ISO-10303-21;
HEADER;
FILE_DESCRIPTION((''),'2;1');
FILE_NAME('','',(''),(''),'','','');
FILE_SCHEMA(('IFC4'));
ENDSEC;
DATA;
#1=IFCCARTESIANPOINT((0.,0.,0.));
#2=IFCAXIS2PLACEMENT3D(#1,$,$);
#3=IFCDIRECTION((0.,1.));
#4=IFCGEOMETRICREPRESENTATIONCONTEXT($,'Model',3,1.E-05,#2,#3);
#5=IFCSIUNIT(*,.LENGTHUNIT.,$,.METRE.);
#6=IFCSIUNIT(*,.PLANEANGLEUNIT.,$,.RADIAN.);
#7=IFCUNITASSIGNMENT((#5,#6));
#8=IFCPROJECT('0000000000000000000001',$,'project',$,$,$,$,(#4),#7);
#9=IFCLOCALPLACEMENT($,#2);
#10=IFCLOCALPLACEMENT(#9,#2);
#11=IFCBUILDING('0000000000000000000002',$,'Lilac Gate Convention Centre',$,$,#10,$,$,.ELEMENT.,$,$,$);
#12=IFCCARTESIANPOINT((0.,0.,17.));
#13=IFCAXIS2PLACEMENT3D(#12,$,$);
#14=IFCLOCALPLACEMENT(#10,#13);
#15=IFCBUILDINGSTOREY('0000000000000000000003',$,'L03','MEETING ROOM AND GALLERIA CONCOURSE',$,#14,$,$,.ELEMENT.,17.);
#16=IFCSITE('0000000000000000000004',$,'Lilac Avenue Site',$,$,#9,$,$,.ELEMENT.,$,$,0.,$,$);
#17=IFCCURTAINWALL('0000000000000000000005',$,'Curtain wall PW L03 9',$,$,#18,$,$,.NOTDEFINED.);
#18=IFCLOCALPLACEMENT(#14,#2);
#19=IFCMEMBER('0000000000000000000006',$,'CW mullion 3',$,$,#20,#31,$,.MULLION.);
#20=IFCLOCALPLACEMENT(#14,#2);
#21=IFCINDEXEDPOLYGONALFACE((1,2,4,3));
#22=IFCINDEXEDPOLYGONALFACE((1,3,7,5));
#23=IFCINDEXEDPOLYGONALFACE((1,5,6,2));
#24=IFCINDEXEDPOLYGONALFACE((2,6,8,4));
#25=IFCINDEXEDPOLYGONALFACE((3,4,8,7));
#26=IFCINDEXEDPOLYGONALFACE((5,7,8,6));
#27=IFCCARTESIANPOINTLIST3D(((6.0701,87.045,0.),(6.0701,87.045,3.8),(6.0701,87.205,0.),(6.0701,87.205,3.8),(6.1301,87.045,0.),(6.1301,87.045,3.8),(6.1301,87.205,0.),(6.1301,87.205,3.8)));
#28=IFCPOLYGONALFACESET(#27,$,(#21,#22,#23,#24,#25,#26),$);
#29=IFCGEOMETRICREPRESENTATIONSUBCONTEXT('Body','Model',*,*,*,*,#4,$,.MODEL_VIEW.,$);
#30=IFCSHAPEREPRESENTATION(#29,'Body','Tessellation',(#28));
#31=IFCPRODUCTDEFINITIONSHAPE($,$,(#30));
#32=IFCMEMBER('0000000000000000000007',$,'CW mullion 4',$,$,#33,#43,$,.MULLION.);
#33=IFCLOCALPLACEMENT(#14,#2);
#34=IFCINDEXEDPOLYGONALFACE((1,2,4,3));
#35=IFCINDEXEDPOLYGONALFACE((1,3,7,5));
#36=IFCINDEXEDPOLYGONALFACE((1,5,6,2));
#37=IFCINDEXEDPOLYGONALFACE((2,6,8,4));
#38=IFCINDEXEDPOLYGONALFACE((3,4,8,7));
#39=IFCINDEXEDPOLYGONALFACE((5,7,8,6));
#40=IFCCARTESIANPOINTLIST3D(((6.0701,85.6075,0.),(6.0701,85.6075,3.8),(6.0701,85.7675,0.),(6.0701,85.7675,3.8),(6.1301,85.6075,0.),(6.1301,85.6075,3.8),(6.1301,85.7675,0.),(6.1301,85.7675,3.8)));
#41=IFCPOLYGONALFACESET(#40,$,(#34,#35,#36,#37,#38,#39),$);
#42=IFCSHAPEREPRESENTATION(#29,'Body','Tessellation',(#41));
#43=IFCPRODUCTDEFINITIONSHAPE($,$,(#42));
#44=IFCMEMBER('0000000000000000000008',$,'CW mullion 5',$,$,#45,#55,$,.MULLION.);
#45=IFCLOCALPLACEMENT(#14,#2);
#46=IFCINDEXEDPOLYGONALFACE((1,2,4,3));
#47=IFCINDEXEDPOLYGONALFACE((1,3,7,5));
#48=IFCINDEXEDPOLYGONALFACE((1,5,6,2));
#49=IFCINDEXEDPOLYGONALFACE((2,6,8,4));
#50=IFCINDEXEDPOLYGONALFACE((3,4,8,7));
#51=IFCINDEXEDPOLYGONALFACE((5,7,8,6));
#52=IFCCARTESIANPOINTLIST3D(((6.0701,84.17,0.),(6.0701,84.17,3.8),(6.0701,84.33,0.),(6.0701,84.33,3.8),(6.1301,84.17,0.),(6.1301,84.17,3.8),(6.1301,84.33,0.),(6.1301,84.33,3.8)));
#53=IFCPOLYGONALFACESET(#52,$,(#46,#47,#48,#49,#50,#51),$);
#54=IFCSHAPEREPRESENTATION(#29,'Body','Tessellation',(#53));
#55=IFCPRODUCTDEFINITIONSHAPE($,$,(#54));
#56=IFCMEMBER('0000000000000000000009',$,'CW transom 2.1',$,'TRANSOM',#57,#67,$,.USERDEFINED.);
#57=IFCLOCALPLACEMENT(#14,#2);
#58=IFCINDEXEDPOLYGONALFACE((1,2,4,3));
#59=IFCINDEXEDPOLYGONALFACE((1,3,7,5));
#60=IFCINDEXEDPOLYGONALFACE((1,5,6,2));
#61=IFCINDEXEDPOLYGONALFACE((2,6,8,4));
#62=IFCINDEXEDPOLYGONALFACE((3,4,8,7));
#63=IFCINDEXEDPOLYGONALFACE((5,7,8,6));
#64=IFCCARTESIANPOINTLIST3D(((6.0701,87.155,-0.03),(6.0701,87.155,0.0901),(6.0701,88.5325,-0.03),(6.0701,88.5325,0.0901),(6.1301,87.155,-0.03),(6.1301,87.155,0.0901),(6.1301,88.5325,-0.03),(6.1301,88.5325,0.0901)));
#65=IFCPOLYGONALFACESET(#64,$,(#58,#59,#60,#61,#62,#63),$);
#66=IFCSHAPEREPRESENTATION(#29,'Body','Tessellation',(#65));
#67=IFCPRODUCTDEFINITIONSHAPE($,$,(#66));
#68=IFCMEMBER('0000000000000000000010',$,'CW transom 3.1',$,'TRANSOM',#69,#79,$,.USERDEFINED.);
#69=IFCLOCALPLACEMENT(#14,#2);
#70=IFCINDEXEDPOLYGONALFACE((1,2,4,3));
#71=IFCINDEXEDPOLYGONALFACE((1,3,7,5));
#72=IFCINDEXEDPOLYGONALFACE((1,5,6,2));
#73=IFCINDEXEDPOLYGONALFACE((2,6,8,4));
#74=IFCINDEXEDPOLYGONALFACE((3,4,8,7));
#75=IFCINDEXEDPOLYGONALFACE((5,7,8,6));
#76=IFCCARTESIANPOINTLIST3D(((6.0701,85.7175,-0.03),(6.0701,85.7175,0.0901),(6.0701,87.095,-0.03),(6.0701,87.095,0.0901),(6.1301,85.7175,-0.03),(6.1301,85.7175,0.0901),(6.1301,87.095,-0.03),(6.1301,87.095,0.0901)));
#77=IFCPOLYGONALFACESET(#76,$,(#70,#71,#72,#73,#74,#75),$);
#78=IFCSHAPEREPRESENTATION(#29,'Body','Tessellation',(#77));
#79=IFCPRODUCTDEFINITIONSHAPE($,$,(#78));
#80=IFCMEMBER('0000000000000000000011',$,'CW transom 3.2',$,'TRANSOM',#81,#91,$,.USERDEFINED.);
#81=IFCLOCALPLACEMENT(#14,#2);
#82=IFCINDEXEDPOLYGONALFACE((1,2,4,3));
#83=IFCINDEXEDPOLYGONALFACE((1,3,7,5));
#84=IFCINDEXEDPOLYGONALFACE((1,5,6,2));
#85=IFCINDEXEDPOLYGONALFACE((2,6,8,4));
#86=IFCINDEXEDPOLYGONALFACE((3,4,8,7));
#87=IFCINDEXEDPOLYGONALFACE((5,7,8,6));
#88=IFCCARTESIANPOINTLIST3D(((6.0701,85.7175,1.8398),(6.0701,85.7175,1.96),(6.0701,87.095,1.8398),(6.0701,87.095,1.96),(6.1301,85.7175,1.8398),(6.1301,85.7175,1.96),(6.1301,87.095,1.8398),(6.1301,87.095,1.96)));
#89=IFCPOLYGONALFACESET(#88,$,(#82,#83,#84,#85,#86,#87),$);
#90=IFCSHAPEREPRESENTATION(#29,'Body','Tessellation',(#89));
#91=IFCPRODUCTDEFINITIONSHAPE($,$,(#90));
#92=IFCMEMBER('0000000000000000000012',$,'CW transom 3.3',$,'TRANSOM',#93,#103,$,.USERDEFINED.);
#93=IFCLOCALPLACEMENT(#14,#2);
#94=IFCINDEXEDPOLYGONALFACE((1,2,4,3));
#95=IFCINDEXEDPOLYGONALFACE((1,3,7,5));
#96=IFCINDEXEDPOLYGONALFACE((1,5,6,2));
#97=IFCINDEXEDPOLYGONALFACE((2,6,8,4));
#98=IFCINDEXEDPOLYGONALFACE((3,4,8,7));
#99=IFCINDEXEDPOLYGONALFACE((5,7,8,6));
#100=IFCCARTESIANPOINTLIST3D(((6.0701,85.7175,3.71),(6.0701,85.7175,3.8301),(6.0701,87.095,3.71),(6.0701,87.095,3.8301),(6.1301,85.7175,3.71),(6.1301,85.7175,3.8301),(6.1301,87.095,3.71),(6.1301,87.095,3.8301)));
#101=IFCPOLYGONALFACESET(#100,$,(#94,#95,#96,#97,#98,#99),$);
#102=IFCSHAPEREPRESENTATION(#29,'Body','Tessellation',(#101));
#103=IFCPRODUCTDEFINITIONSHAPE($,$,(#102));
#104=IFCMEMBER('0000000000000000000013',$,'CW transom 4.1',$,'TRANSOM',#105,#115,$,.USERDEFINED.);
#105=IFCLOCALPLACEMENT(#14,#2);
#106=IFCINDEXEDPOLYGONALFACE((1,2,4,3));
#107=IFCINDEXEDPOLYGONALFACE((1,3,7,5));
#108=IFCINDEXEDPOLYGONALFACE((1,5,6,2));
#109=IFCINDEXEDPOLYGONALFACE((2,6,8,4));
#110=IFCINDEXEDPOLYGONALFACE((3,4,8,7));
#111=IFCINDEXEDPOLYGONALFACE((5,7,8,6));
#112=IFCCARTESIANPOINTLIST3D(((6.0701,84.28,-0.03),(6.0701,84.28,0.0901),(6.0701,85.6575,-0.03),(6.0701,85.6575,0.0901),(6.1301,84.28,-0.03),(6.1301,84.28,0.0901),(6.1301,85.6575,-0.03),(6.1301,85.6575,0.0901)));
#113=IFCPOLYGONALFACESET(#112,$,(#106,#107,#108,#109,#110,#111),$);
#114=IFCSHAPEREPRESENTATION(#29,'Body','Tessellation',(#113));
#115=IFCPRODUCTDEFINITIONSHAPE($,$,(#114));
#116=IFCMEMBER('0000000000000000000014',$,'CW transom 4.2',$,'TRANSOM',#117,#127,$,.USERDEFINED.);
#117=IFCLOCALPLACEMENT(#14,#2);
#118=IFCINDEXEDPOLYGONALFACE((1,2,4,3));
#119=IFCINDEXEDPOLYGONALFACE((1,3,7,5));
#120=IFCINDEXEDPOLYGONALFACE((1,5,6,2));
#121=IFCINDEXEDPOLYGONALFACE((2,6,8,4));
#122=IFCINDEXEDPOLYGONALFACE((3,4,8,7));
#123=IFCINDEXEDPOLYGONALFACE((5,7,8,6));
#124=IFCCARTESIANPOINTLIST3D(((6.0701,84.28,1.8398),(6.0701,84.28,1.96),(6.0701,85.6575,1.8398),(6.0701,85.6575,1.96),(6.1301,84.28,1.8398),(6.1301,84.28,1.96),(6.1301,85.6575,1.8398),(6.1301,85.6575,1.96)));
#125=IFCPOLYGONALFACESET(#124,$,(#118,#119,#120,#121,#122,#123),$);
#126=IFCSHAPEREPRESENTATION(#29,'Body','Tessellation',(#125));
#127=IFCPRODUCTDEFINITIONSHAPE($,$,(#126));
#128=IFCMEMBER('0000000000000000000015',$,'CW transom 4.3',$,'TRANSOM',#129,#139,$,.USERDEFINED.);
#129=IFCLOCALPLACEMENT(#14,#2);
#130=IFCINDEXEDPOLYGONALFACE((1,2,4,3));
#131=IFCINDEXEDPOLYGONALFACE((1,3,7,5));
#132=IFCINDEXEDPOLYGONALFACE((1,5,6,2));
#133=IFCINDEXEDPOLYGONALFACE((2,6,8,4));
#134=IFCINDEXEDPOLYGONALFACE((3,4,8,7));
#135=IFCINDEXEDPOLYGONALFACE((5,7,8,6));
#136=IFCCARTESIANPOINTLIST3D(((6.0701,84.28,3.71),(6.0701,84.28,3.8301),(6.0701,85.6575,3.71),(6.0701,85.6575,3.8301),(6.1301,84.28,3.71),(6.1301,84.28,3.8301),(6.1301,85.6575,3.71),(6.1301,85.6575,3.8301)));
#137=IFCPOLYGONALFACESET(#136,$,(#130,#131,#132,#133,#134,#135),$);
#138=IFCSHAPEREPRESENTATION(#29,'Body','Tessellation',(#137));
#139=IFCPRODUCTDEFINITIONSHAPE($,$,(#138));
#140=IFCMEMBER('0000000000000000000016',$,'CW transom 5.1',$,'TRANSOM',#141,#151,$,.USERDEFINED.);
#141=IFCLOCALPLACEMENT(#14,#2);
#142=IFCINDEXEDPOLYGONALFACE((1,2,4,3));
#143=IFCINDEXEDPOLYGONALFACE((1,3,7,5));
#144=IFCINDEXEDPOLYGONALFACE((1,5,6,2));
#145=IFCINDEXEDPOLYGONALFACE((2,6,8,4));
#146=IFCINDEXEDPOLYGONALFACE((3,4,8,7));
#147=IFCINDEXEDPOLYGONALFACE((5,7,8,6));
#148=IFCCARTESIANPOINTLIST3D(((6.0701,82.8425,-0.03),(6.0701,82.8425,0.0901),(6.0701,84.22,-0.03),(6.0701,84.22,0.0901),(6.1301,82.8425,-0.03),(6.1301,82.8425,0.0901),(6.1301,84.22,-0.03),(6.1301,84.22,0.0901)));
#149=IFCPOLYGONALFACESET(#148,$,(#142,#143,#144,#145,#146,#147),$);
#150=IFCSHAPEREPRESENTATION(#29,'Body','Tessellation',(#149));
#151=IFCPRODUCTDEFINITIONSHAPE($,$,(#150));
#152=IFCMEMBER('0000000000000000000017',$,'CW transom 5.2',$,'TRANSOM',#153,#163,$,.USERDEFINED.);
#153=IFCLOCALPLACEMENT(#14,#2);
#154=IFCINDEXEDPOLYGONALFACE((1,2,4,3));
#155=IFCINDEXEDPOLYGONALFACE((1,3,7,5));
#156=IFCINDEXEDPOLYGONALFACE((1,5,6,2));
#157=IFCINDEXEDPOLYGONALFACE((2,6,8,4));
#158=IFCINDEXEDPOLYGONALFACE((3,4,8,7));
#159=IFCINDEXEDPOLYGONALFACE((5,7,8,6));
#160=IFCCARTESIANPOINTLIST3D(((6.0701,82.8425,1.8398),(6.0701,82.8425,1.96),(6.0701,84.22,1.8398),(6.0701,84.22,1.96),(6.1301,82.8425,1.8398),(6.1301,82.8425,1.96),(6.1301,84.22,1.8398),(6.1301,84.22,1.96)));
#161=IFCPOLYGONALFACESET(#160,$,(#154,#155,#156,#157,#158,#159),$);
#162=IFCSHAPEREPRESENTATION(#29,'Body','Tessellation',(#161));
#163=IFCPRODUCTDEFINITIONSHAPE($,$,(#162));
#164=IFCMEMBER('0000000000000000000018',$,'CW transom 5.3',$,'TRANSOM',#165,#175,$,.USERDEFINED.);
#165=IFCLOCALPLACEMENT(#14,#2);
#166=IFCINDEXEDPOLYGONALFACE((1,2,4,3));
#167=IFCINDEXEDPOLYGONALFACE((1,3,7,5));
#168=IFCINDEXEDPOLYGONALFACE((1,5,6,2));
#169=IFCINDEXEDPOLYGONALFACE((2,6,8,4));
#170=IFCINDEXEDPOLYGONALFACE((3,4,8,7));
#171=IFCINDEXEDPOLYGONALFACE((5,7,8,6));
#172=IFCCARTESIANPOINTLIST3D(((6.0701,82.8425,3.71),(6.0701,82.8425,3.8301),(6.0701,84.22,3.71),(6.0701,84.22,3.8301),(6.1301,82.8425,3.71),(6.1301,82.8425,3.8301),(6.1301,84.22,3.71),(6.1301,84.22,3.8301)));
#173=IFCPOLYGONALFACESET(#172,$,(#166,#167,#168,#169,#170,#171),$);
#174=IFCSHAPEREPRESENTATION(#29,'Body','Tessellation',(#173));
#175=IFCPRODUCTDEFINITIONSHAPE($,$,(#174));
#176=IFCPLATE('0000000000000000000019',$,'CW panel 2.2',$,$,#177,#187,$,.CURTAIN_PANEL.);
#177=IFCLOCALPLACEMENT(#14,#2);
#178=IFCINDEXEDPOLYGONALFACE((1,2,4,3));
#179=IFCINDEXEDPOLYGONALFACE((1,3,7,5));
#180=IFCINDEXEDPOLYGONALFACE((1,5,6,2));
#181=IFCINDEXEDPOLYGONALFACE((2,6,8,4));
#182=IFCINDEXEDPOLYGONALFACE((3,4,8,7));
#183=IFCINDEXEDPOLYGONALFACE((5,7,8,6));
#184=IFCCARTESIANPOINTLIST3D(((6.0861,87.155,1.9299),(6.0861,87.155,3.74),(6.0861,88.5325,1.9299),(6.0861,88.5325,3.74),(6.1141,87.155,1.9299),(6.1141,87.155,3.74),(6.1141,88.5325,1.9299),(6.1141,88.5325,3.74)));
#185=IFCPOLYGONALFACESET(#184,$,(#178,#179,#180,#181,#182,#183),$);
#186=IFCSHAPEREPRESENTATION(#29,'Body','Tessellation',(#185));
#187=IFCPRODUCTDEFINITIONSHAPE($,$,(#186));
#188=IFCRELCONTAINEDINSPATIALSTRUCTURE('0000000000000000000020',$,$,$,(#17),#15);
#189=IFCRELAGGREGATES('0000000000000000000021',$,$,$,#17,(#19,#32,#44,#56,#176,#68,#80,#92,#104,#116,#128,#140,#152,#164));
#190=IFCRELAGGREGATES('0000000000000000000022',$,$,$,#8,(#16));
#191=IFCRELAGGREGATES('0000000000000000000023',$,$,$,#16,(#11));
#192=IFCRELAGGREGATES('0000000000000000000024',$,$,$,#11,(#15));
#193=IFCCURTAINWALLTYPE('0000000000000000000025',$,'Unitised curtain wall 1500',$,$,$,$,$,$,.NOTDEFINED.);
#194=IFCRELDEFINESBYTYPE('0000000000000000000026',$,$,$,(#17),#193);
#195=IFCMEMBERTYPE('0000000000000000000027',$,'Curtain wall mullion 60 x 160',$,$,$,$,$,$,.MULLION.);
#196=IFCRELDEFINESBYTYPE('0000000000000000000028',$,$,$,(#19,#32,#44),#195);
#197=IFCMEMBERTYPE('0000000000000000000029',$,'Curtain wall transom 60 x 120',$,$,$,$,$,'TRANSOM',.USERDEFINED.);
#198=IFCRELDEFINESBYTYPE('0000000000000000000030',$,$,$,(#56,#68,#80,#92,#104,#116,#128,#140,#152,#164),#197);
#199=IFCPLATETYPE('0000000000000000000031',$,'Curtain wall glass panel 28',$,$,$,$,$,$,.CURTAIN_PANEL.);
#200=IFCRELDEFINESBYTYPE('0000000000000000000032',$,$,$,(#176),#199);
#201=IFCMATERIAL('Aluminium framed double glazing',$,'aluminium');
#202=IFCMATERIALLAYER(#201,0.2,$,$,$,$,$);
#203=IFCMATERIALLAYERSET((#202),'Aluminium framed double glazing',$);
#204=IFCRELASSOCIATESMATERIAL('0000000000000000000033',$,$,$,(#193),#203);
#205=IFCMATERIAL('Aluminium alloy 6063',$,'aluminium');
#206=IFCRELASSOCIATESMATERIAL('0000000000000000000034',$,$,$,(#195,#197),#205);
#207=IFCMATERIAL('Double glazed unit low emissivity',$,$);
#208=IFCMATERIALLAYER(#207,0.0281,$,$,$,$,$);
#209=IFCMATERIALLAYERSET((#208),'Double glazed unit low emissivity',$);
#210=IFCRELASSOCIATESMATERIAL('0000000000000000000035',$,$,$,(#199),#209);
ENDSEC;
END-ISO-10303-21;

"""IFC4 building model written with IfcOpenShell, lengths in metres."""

from ifc_helpers import new_model, si_unit, direction, frame, origin, origin_2d, place, context, subcontext, project, spatial, rectangle, extrude, material, layer, layer_set, material_profile, profile_set, type_object, element, aggregate, save


model = new_model("IFC4")

# Units and contexts
model_context = context("Model", 3, precision=1e-05, world=origin(), true_north=direction((0.0, 1.0)))
body_context = subcontext(model_context, "Body", "Model", "MODEL_VIEW")
ifc_project = project(units=[si_unit("LENGTHUNIT", "METRE"), si_unit("PLANEANGLEUNIT", "RADIAN")], contexts=[model_context])

# Site, building, storey
site_placement = place(None, origin())
site = spatial("IfcSite", under=ifc_project, at=site_placement, Name="Lilac Avenue Site", CompositionType="ELEMENT", RefElevation=0.0)
building_placement = place(site_placement, origin())
building = spatial("IfcBuilding", under=site, at=building_placement, Name="Lilac Gate Convention Centre", CompositionType="ELEMENT")
storey_placement = place(building_placement, frame((0.0, 0.0, 17.0)))
storey = spatial("IfcBuildingStorey", under=building, at=storey_placement, Name="L03", Description="MEETING ROOM AND GALLERIA CONCOURSE", CompositionType="ELEMENT", Elevation=17.0)

# Curtain wall, members, plate
ifc_material_1 = material(Name="Aluminium framed double glazing", Category="aluminium")
ifc_layer_1 = layer(ifc_material_1, 0.2)
ifc_layer_set_1 = layer_set([ifc_layer_1], Name="Aluminium framed double glazing")
curtain_wall_type = type_object("IfcCurtainWallType", Name="Unitised curtain wall 1500", PredefinedType="NOTDEFINED", material=ifc_layer_set_1)
curtain_wall_placement = place(storey_placement, origin())
curtain_wall = element("IfcCurtainWall", 1, at=curtain_wall_placement, inside=storey, type_object=curtain_wall_type, Name="Curtain wall PW L03 9", PredefinedType="NOTDEFINED")
ifc_material_2 = material(Name="Aluminium alloy 6063", Category="aluminium")
ifc_material_profile_1 = material_profile(ifc_material_2, rectangle(XDim=0.0601, YDim=0.1599, at=origin_2d()), Name="Curtain wall mullion 60 x 160")
ifc_profile_set_1 = profile_set([ifc_material_profile_1], Name="Aluminium alloy 6063")
member_type_1 = type_object("IfcMemberType", Name="Curtain wall mullion 60 x 160", PredefinedType="MULLION", material=ifc_profile_set_1)
member_1_placement = place(storey_placement, frame((6.1001, 87.125, 0.0), z_axis=(0.0, 0.0, 1.0), x_axis=(1.0, 0.0, 0.0)))
member_1 = element("IfcMember", 2, at=member_1_placement, type_object=member_type_1, Name="CW mullion 3", PredefinedType="MULLION", context=body_context, shape_type="SweptSolid", body=[
    extrude(rectangle(XDim=0.0601, YDim=0.1599, at=origin_2d()), origin(), (0.0, 0.0, 1.0), 3.8),
])
member_2_placement = place(storey_placement, frame((6.1001, 85.6875, 0.0), z_axis=(0.0, 0.0, 1.0), x_axis=(1.0, 0.0, 0.0)))
member_2 = element("IfcMember", 3, at=member_2_placement, type_object=member_type_1, Name="CW mullion 4", PredefinedType="MULLION", context=body_context, shape_type="SweptSolid", body=[
    extrude(rectangle(XDim=0.0601, YDim=0.1599, at=origin_2d()), origin(), (0.0, 0.0, 1.0), 3.8),
])
member_3_placement = place(storey_placement, frame((6.1001, 84.25, 0.0), z_axis=(0.0, 0.0, 1.0), x_axis=(1.0, 0.0, 0.0)))
member_3 = element("IfcMember", 4, at=member_3_placement, type_object=member_type_1, Name="CW mullion 5", PredefinedType="MULLION", context=body_context, shape_type="SweptSolid", body=[
    extrude(rectangle(XDim=0.0601, YDim=0.1599, at=origin_2d()), origin(), (0.0, 0.0, 1.0), 3.8),
])
ifc_material_profile_2 = material_profile(ifc_material_2, rectangle(XDim=0.0601, YDim=0.1201, at=origin_2d()), Name="Curtain wall transom 60 x 120")
ifc_profile_set_2 = profile_set([ifc_material_profile_2], Name="Aluminium alloy 6063")
member_type_2 = type_object("IfcMemberType", Name="Curtain wall transom 60 x 120", ElementType="TRANSOM", PredefinedType="USERDEFINED", material=ifc_profile_set_2)
member_4_placement = place(storey_placement, frame((6.1001, 88.5325, 0.03), z_axis=(0.0, -1.0, 0.0), x_axis=(1.0, 0.0, 0.0)))
member_4 = element("IfcMember", 5, at=member_4_placement, type_object=member_type_2, Name="CW transom 2.1", ObjectType="TRANSOM", PredefinedType="USERDEFINED", context=body_context, shape_type="SweptSolid", body=[
    extrude(rectangle(XDim=0.0601, YDim=0.1201, at=origin_2d()), origin(), (0.0, 0.0, 1.0), 1.3774),
])
member_5_placement = place(storey_placement, frame((6.1001, 87.095, 0.03), z_axis=(0.0, -1.0, 0.0), x_axis=(1.0, 0.0, 0.0)))
member_5 = element("IfcMember", 6, at=member_5_placement, type_object=member_type_2, Name="CW transom 3.1", ObjectType="TRANSOM", PredefinedType="USERDEFINED", context=body_context, shape_type="SweptSolid", body=[
    extrude(rectangle(XDim=0.0601, YDim=0.1201, at=origin_2d()), origin(), (0.0, 0.0, 1.0), 1.3774),
])
member_6_placement = place(storey_placement, frame((6.1001, 87.095, 1.8999), z_axis=(0.0, -1.0, 0.0), x_axis=(1.0, 0.0, 0.0)))
member_6 = element("IfcMember", 7, at=member_6_placement, type_object=member_type_2, Name="CW transom 3.2", ObjectType="TRANSOM", PredefinedType="USERDEFINED", context=body_context, shape_type="SweptSolid", body=[
    extrude(rectangle(XDim=0.0601, YDim=0.1201, at=origin_2d()), origin(), (0.0, 0.0, 1.0), 1.3774),
])
member_7_placement = place(storey_placement, frame((6.1001, 87.095, 3.77), z_axis=(0.0, -1.0, 0.0), x_axis=(1.0, 0.0, 0.0)))
member_7 = element("IfcMember", 8, at=member_7_placement, type_object=member_type_2, Name="CW transom 3.3", ObjectType="TRANSOM", PredefinedType="USERDEFINED", context=body_context, shape_type="SweptSolid", body=[
    extrude(rectangle(XDim=0.0601, YDim=0.1201, at=origin_2d()), origin(), (0.0, 0.0, 1.0), 1.3774),
])
member_8_placement = place(storey_placement, frame((6.1001, 85.6575, 0.03), z_axis=(0.0, -1.0, 0.0), x_axis=(1.0, 0.0, 0.0)))
member_8 = element("IfcMember", 9, at=member_8_placement, type_object=member_type_2, Name="CW transom 4.1", ObjectType="TRANSOM", PredefinedType="USERDEFINED", context=body_context, shape_type="SweptSolid", body=[
    extrude(rectangle(XDim=0.0601, YDim=0.1201, at=origin_2d()), origin(), (0.0, 0.0, 1.0), 1.3774),
])
member_9_placement = place(storey_placement, frame((6.1001, 85.6575, 1.8999), z_axis=(0.0, -1.0, 0.0), x_axis=(1.0, 0.0, 0.0)))
member_9 = element("IfcMember", 10, at=member_9_placement, type_object=member_type_2, Name="CW transom 4.2", ObjectType="TRANSOM", PredefinedType="USERDEFINED", context=body_context, shape_type="SweptSolid", body=[
    extrude(rectangle(XDim=0.0601, YDim=0.1201, at=origin_2d()), origin(), (0.0, 0.0, 1.0), 1.3774),
])
member_10_placement = place(storey_placement, frame((6.1001, 85.6575, 3.77), z_axis=(0.0, -1.0, 0.0), x_axis=(1.0, 0.0, 0.0)))
member_10 = element("IfcMember", 11, at=member_10_placement, type_object=member_type_2, Name="CW transom 4.3", ObjectType="TRANSOM", PredefinedType="USERDEFINED", context=body_context, shape_type="SweptSolid", body=[
    extrude(rectangle(XDim=0.0601, YDim=0.1201, at=origin_2d()), origin(), (0.0, 0.0, 1.0), 1.3774),
])
member_11_placement = place(storey_placement, frame((6.1001, 84.22, 0.03), z_axis=(0.0, -1.0, 0.0), x_axis=(1.0, 0.0, 0.0)))
member_11 = element("IfcMember", 12, at=member_11_placement, type_object=member_type_2, Name="CW transom 5.1", ObjectType="TRANSOM", PredefinedType="USERDEFINED", context=body_context, shape_type="SweptSolid", body=[
    extrude(rectangle(XDim=0.0601, YDim=0.1201, at=origin_2d()), origin(), (0.0, 0.0, 1.0), 1.3774),
])
member_12_placement = place(storey_placement, frame((6.1001, 84.22, 1.8999), z_axis=(0.0, -1.0, 0.0), x_axis=(1.0, 0.0, 0.0)))
member_12 = element("IfcMember", 13, at=member_12_placement, type_object=member_type_2, Name="CW transom 5.2", ObjectType="TRANSOM", PredefinedType="USERDEFINED", context=body_context, shape_type="SweptSolid", body=[
    extrude(rectangle(XDim=0.0601, YDim=0.1201, at=origin_2d()), origin(), (0.0, 0.0, 1.0), 1.3774),
])
member_13_placement = place(storey_placement, frame((6.1001, 84.22, 3.77), z_axis=(0.0, -1.0, 0.0), x_axis=(1.0, 0.0, 0.0)))
member_13 = element("IfcMember", 14, at=member_13_placement, type_object=member_type_2, Name="CW transom 5.3", ObjectType="TRANSOM", PredefinedType="USERDEFINED", context=body_context, shape_type="SweptSolid", body=[
    extrude(rectangle(XDim=0.0601, YDim=0.1201, at=origin_2d()), origin(), (0.0, 0.0, 1.0), 1.3774),
])
ifc_material_3 = material(Name="Double glazed unit low emissivity")
ifc_layer_2 = layer(ifc_material_3, 0.0281)
ifc_layer_set_2 = layer_set([ifc_layer_2], Name="Double glazed unit low emissivity")
plate_type_1 = type_object("IfcPlateType", Name="Curtain wall glass panel 28", PredefinedType="CURTAIN_PANEL", material=ifc_layer_set_2)
plate_1_placement = place(storey_placement, frame((6.1001, 87.8438, 1.9299), z_axis=(0.0, 0.0, 1.0), x_axis=(0.0, -1.0, 0.0)))
plate_1 = element("IfcPlate", 15, at=plate_1_placement, type_object=plate_type_1, Name="CW panel 2.2", PredefinedType="CURTAIN_PANEL", context=body_context, shape_type="SweptSolid", body=[
    extrude(rectangle(XDim=1.3774, YDim=0.0281, at=origin_2d()), origin(), (0.0, 0.0, 1.0), 1.8101),
])
aggregate(curtain_wall, [member_1, member_2, member_3, member_4, plate_1, member_5, member_6, member_7, member_8, member_9, member_10, member_11, member_12, member_13])

save(model, "model.ifc")
